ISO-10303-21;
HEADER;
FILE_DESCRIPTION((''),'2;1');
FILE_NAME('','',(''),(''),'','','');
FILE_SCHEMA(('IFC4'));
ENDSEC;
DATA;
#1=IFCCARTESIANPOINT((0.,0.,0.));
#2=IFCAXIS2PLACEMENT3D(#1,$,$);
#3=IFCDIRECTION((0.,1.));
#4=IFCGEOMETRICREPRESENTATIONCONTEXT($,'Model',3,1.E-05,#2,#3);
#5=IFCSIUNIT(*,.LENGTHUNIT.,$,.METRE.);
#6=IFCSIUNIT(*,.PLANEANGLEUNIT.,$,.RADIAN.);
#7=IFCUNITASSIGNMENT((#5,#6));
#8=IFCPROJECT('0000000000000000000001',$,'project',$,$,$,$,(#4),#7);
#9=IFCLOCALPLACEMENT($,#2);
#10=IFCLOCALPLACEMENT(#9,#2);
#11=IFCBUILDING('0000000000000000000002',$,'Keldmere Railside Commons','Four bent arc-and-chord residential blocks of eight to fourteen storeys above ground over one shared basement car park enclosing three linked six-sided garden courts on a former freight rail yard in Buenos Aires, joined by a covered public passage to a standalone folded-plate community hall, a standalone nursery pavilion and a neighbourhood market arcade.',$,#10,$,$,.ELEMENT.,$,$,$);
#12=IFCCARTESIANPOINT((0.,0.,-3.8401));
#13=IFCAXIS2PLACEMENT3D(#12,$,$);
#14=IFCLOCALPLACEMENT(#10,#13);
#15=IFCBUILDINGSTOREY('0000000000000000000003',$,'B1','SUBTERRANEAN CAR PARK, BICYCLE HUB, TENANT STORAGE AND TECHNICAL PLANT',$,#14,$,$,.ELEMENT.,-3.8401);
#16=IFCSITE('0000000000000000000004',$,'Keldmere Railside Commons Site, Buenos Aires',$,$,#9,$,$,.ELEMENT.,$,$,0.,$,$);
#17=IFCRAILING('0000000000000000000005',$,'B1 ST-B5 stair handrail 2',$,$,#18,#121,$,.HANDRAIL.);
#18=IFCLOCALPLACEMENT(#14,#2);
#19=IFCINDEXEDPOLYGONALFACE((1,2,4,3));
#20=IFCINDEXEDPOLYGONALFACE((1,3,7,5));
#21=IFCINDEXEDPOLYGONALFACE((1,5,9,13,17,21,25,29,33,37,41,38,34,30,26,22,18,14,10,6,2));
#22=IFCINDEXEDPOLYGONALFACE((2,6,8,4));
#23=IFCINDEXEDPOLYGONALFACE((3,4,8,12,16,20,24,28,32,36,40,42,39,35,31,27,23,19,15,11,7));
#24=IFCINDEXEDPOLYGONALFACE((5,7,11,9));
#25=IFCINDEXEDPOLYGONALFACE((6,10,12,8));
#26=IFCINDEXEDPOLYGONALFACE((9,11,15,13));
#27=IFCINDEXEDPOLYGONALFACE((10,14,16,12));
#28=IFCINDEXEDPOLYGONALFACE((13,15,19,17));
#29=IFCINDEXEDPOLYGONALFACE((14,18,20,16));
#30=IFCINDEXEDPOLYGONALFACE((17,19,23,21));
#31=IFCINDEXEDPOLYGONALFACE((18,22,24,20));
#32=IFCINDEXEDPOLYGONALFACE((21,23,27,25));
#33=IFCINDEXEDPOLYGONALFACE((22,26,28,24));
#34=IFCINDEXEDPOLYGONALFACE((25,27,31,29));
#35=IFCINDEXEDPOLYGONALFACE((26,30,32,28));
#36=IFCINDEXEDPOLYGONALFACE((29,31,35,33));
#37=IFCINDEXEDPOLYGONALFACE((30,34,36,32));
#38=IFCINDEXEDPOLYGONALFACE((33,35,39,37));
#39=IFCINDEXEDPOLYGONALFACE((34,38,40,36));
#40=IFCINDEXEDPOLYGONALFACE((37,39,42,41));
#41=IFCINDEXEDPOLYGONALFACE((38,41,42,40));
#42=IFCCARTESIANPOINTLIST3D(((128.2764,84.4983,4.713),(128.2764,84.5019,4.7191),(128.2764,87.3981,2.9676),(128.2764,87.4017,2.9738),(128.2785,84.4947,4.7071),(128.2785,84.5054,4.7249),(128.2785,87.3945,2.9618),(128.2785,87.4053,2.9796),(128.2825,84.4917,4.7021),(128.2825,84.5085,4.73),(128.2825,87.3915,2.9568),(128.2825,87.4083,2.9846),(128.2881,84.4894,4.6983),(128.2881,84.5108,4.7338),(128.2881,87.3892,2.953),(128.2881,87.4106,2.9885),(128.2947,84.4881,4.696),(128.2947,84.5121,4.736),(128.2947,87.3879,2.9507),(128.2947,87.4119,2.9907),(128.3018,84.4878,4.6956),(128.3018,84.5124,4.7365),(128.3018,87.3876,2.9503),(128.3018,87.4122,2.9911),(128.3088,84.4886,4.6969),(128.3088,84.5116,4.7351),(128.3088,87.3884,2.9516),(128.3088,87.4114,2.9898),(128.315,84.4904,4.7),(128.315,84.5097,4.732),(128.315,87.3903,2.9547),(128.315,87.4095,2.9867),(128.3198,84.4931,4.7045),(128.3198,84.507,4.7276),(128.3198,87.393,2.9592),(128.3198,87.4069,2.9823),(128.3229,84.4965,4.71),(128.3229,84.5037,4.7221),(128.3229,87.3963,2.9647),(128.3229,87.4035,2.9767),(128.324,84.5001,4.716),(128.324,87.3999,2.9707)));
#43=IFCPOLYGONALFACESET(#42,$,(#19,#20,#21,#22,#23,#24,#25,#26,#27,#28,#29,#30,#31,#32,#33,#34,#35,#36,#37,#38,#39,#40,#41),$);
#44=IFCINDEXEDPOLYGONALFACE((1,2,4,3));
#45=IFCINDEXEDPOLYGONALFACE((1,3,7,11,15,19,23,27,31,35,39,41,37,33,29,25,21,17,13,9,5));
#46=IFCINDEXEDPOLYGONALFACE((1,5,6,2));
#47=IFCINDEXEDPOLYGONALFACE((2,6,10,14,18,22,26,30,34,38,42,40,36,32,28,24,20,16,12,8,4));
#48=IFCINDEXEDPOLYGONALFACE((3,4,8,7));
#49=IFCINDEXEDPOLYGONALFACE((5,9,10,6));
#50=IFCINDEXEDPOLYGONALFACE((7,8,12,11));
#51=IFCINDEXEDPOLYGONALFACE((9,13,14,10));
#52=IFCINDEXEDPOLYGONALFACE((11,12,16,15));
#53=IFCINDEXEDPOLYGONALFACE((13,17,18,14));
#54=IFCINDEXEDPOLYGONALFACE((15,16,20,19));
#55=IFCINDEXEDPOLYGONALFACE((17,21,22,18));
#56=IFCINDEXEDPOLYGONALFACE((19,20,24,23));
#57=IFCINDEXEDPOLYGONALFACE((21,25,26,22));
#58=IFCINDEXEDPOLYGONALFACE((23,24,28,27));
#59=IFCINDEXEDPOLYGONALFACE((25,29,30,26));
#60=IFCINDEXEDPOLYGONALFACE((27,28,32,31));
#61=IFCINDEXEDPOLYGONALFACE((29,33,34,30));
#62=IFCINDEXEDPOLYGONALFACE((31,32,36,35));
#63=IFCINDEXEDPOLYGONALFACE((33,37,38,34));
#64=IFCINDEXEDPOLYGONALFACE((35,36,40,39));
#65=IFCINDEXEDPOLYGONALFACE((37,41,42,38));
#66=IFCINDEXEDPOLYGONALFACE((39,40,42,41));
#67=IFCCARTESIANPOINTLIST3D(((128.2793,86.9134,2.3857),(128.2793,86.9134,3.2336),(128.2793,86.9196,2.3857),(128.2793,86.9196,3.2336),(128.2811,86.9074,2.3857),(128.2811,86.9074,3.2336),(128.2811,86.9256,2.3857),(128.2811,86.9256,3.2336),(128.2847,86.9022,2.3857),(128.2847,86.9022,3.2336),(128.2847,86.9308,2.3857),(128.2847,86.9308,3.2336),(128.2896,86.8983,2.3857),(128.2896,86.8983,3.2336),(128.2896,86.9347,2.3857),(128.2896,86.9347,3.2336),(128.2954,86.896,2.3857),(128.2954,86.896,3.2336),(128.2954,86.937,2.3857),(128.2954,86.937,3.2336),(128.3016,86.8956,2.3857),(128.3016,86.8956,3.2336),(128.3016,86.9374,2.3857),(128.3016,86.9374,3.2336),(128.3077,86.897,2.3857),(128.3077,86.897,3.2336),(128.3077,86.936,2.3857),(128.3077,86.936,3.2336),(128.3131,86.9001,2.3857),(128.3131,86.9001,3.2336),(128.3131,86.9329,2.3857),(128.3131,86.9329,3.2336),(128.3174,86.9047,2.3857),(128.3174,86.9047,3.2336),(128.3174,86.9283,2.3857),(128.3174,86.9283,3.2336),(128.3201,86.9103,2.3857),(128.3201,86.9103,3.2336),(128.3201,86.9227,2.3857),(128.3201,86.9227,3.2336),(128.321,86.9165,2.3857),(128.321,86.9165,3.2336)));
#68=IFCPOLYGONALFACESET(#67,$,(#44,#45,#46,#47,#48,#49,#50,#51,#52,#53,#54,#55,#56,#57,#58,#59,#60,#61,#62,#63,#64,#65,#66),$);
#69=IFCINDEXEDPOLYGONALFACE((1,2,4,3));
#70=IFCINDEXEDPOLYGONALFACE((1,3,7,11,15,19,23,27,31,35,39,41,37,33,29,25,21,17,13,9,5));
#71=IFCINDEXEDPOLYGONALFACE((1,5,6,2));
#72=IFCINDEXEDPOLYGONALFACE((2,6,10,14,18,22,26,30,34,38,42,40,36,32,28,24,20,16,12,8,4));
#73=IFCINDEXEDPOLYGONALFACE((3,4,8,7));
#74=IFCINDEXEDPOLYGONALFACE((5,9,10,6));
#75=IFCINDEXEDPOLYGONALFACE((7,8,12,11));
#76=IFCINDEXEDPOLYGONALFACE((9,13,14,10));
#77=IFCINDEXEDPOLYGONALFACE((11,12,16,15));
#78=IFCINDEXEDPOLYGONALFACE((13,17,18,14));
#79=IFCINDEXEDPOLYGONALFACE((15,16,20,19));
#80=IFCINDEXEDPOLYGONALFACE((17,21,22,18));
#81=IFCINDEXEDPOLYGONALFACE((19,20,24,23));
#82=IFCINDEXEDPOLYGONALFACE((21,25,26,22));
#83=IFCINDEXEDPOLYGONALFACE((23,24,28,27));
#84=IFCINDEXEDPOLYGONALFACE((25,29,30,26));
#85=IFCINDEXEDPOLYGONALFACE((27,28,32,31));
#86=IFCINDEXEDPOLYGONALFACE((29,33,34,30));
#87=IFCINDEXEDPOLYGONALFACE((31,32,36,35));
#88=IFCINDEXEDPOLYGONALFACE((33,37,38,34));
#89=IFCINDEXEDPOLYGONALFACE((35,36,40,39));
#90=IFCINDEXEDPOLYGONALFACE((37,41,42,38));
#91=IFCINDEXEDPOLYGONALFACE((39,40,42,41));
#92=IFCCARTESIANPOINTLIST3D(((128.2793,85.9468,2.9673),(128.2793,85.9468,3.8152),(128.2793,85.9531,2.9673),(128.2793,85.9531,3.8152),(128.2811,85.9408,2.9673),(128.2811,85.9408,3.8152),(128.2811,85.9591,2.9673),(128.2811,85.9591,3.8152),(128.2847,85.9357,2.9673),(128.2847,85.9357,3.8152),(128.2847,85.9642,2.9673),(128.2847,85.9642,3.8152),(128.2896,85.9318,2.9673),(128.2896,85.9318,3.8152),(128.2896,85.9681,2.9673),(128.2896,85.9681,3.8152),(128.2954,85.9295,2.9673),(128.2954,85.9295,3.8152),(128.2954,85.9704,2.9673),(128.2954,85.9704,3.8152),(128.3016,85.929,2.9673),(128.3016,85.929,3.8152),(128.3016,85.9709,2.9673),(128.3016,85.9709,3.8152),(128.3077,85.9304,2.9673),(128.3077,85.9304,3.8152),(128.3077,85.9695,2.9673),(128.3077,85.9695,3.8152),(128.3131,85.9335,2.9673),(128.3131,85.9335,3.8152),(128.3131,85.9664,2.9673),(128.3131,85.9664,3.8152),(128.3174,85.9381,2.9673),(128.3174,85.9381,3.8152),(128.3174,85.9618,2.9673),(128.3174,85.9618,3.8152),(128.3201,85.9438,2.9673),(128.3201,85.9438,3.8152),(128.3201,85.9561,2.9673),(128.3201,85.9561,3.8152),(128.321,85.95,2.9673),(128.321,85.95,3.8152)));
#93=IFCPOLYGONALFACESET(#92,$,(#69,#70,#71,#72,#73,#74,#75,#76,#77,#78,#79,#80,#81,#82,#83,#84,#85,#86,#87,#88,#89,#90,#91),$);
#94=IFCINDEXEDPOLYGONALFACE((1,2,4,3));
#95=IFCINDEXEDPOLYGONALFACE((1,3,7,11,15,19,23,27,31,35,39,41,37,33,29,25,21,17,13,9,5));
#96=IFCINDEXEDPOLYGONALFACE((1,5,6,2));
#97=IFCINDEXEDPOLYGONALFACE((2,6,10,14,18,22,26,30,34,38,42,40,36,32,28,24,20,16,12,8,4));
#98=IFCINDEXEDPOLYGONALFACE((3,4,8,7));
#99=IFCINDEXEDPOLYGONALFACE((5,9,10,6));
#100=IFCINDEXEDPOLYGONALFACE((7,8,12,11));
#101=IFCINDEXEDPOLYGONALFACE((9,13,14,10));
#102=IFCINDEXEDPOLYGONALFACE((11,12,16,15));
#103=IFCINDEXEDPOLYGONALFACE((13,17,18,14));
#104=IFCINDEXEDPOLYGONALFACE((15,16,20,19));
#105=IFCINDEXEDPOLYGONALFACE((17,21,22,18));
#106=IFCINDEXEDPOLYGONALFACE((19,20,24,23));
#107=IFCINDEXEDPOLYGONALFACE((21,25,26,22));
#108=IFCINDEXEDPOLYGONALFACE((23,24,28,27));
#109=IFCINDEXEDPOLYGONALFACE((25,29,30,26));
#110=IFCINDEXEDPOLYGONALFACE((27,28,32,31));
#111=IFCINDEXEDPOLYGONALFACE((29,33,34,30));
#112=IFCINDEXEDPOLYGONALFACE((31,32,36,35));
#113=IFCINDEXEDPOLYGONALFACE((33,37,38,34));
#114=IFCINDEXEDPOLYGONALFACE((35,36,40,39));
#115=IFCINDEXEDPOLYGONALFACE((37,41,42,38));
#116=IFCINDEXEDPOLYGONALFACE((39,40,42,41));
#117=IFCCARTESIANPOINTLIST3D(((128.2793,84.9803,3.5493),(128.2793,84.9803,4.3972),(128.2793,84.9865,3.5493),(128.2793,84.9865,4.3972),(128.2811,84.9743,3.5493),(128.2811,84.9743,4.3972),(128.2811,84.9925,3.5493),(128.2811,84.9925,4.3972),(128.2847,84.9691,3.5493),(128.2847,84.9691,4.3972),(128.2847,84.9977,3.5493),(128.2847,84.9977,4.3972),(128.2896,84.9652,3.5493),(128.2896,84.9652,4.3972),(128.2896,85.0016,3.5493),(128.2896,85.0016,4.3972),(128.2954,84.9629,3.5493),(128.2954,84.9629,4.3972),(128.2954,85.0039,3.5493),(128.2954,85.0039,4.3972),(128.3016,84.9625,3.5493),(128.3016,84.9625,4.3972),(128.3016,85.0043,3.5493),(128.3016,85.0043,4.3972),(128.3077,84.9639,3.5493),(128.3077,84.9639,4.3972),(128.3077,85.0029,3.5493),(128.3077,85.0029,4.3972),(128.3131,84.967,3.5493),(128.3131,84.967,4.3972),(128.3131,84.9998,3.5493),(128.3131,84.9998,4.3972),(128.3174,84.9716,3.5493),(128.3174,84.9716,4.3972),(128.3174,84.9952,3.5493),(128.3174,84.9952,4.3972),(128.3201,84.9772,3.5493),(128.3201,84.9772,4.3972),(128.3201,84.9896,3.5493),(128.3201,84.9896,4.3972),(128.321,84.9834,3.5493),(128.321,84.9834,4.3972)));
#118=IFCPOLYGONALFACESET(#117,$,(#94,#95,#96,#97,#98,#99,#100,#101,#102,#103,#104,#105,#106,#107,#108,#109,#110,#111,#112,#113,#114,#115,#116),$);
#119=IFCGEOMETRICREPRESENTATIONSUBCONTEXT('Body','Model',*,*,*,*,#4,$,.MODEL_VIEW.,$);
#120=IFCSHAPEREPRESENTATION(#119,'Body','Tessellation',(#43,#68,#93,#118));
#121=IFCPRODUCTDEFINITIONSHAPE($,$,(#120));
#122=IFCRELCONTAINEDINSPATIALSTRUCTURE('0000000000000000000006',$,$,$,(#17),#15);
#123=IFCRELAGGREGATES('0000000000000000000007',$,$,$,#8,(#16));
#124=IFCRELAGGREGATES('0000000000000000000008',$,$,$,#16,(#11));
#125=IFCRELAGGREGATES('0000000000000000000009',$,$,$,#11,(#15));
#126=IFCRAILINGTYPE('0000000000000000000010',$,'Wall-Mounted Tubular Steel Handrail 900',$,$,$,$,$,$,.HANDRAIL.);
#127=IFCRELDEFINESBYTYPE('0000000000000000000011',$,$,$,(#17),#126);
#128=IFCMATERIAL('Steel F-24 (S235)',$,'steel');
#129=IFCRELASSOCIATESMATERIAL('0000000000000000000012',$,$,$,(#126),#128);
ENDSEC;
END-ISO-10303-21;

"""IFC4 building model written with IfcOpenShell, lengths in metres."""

from ifc_helpers import new_model, si_unit, direction, frame, origin, origin_2d, place, context, subcontext, project, spatial, circle, extrude, material, type_object, element, save


model = new_model("IFC4")

# Units and contexts
model_context = context("Model", 3, precision=1e-05, world=origin(), true_north=direction((0.0, 1.0)))
body_context = subcontext(model_context, "Body", "Model", "MODEL_VIEW")
ifc_project = project(units=[si_unit("LENGTHUNIT", "METRE"), si_unit("PLANEANGLEUNIT", "RADIAN")], contexts=[model_context])

# Site, building, storey
site_placement = place(None, origin())
site = spatial("IfcSite", under=ifc_project, at=site_placement, Name="Keldmere Railside Commons Site, Buenos Aires", CompositionType="ELEMENT", RefElevation=0.0)
building_placement = place(site_placement, origin())
building = spatial("IfcBuilding", under=site, at=building_placement, Name="Keldmere Railside Commons", Description="Four bent arc-and-chord residential blocks of eight to fourteen storeys above ground over one shared basement car park enclosing three linked six-sided garden courts on a former freight rail yard in Buenos Aires, joined by a covered public passage to a standalone folded-plate community hall, a standalone nursery pavilion and a neighbourhood market arcade.", CompositionType="ELEMENT")
storey_placement = place(building_placement, frame((0.0, 0.0, -3.8401)))
storey = spatial("IfcBuildingStorey", under=building, at=storey_placement, Name="B1", Description="SUBTERRANEAN CAR PARK, BICYCLE HUB, TENANT STORAGE AND TECHNICAL PLANT", CompositionType="ELEMENT", Elevation=-3.8401)

# Shared definitions
ifc_material_1 = material(Name="Steel F-24 (S235)", Category="steel")

# Railing
railing_type_1 = type_object("IfcRailingType", Name="Wall-Mounted Tubular Steel Handrail 900", PredefinedType="HANDRAIL", material=ifc_material_1)
railing_1_placement = place(storey_placement, frame((128.3, 87.3999, 2.0947)))
element("IfcRailing", 1, at=railing_1_placement, inside=storey, type_object=railing_type_1, Name="B1 ST-B5 stair handrail 2", PredefinedType="HANDRAIL", context=body_context, shape_type="SweptSolid", body=[
    extrude(circle(Radius=0.0239, at=origin_2d()), frame((0.0, 0.0, 0.876), z_axis=(0.0, -0.856786, 0.515673), x_axis=(1.0, 0.0, 0.0)), (0.0, 0.0, 1.0), 3.3845),
    extrude(circle(Radius=0.021, at=origin_2d()), frame((0.0, -0.4834, 0.291)), (0.0, 0.0, 1.0), 0.8479),
    extrude(circle(Radius=0.021, at=origin_2d()), frame((0.0, -1.45, 0.8726)), (0.0, 0.0, 1.0), 0.8479),
    extrude(circle(Radius=0.021, at=origin_2d()), frame((0.0, -2.4165, 1.4546)), (0.0, 0.0, 1.0), 0.8479),
])

save(model, "model.ifc")
